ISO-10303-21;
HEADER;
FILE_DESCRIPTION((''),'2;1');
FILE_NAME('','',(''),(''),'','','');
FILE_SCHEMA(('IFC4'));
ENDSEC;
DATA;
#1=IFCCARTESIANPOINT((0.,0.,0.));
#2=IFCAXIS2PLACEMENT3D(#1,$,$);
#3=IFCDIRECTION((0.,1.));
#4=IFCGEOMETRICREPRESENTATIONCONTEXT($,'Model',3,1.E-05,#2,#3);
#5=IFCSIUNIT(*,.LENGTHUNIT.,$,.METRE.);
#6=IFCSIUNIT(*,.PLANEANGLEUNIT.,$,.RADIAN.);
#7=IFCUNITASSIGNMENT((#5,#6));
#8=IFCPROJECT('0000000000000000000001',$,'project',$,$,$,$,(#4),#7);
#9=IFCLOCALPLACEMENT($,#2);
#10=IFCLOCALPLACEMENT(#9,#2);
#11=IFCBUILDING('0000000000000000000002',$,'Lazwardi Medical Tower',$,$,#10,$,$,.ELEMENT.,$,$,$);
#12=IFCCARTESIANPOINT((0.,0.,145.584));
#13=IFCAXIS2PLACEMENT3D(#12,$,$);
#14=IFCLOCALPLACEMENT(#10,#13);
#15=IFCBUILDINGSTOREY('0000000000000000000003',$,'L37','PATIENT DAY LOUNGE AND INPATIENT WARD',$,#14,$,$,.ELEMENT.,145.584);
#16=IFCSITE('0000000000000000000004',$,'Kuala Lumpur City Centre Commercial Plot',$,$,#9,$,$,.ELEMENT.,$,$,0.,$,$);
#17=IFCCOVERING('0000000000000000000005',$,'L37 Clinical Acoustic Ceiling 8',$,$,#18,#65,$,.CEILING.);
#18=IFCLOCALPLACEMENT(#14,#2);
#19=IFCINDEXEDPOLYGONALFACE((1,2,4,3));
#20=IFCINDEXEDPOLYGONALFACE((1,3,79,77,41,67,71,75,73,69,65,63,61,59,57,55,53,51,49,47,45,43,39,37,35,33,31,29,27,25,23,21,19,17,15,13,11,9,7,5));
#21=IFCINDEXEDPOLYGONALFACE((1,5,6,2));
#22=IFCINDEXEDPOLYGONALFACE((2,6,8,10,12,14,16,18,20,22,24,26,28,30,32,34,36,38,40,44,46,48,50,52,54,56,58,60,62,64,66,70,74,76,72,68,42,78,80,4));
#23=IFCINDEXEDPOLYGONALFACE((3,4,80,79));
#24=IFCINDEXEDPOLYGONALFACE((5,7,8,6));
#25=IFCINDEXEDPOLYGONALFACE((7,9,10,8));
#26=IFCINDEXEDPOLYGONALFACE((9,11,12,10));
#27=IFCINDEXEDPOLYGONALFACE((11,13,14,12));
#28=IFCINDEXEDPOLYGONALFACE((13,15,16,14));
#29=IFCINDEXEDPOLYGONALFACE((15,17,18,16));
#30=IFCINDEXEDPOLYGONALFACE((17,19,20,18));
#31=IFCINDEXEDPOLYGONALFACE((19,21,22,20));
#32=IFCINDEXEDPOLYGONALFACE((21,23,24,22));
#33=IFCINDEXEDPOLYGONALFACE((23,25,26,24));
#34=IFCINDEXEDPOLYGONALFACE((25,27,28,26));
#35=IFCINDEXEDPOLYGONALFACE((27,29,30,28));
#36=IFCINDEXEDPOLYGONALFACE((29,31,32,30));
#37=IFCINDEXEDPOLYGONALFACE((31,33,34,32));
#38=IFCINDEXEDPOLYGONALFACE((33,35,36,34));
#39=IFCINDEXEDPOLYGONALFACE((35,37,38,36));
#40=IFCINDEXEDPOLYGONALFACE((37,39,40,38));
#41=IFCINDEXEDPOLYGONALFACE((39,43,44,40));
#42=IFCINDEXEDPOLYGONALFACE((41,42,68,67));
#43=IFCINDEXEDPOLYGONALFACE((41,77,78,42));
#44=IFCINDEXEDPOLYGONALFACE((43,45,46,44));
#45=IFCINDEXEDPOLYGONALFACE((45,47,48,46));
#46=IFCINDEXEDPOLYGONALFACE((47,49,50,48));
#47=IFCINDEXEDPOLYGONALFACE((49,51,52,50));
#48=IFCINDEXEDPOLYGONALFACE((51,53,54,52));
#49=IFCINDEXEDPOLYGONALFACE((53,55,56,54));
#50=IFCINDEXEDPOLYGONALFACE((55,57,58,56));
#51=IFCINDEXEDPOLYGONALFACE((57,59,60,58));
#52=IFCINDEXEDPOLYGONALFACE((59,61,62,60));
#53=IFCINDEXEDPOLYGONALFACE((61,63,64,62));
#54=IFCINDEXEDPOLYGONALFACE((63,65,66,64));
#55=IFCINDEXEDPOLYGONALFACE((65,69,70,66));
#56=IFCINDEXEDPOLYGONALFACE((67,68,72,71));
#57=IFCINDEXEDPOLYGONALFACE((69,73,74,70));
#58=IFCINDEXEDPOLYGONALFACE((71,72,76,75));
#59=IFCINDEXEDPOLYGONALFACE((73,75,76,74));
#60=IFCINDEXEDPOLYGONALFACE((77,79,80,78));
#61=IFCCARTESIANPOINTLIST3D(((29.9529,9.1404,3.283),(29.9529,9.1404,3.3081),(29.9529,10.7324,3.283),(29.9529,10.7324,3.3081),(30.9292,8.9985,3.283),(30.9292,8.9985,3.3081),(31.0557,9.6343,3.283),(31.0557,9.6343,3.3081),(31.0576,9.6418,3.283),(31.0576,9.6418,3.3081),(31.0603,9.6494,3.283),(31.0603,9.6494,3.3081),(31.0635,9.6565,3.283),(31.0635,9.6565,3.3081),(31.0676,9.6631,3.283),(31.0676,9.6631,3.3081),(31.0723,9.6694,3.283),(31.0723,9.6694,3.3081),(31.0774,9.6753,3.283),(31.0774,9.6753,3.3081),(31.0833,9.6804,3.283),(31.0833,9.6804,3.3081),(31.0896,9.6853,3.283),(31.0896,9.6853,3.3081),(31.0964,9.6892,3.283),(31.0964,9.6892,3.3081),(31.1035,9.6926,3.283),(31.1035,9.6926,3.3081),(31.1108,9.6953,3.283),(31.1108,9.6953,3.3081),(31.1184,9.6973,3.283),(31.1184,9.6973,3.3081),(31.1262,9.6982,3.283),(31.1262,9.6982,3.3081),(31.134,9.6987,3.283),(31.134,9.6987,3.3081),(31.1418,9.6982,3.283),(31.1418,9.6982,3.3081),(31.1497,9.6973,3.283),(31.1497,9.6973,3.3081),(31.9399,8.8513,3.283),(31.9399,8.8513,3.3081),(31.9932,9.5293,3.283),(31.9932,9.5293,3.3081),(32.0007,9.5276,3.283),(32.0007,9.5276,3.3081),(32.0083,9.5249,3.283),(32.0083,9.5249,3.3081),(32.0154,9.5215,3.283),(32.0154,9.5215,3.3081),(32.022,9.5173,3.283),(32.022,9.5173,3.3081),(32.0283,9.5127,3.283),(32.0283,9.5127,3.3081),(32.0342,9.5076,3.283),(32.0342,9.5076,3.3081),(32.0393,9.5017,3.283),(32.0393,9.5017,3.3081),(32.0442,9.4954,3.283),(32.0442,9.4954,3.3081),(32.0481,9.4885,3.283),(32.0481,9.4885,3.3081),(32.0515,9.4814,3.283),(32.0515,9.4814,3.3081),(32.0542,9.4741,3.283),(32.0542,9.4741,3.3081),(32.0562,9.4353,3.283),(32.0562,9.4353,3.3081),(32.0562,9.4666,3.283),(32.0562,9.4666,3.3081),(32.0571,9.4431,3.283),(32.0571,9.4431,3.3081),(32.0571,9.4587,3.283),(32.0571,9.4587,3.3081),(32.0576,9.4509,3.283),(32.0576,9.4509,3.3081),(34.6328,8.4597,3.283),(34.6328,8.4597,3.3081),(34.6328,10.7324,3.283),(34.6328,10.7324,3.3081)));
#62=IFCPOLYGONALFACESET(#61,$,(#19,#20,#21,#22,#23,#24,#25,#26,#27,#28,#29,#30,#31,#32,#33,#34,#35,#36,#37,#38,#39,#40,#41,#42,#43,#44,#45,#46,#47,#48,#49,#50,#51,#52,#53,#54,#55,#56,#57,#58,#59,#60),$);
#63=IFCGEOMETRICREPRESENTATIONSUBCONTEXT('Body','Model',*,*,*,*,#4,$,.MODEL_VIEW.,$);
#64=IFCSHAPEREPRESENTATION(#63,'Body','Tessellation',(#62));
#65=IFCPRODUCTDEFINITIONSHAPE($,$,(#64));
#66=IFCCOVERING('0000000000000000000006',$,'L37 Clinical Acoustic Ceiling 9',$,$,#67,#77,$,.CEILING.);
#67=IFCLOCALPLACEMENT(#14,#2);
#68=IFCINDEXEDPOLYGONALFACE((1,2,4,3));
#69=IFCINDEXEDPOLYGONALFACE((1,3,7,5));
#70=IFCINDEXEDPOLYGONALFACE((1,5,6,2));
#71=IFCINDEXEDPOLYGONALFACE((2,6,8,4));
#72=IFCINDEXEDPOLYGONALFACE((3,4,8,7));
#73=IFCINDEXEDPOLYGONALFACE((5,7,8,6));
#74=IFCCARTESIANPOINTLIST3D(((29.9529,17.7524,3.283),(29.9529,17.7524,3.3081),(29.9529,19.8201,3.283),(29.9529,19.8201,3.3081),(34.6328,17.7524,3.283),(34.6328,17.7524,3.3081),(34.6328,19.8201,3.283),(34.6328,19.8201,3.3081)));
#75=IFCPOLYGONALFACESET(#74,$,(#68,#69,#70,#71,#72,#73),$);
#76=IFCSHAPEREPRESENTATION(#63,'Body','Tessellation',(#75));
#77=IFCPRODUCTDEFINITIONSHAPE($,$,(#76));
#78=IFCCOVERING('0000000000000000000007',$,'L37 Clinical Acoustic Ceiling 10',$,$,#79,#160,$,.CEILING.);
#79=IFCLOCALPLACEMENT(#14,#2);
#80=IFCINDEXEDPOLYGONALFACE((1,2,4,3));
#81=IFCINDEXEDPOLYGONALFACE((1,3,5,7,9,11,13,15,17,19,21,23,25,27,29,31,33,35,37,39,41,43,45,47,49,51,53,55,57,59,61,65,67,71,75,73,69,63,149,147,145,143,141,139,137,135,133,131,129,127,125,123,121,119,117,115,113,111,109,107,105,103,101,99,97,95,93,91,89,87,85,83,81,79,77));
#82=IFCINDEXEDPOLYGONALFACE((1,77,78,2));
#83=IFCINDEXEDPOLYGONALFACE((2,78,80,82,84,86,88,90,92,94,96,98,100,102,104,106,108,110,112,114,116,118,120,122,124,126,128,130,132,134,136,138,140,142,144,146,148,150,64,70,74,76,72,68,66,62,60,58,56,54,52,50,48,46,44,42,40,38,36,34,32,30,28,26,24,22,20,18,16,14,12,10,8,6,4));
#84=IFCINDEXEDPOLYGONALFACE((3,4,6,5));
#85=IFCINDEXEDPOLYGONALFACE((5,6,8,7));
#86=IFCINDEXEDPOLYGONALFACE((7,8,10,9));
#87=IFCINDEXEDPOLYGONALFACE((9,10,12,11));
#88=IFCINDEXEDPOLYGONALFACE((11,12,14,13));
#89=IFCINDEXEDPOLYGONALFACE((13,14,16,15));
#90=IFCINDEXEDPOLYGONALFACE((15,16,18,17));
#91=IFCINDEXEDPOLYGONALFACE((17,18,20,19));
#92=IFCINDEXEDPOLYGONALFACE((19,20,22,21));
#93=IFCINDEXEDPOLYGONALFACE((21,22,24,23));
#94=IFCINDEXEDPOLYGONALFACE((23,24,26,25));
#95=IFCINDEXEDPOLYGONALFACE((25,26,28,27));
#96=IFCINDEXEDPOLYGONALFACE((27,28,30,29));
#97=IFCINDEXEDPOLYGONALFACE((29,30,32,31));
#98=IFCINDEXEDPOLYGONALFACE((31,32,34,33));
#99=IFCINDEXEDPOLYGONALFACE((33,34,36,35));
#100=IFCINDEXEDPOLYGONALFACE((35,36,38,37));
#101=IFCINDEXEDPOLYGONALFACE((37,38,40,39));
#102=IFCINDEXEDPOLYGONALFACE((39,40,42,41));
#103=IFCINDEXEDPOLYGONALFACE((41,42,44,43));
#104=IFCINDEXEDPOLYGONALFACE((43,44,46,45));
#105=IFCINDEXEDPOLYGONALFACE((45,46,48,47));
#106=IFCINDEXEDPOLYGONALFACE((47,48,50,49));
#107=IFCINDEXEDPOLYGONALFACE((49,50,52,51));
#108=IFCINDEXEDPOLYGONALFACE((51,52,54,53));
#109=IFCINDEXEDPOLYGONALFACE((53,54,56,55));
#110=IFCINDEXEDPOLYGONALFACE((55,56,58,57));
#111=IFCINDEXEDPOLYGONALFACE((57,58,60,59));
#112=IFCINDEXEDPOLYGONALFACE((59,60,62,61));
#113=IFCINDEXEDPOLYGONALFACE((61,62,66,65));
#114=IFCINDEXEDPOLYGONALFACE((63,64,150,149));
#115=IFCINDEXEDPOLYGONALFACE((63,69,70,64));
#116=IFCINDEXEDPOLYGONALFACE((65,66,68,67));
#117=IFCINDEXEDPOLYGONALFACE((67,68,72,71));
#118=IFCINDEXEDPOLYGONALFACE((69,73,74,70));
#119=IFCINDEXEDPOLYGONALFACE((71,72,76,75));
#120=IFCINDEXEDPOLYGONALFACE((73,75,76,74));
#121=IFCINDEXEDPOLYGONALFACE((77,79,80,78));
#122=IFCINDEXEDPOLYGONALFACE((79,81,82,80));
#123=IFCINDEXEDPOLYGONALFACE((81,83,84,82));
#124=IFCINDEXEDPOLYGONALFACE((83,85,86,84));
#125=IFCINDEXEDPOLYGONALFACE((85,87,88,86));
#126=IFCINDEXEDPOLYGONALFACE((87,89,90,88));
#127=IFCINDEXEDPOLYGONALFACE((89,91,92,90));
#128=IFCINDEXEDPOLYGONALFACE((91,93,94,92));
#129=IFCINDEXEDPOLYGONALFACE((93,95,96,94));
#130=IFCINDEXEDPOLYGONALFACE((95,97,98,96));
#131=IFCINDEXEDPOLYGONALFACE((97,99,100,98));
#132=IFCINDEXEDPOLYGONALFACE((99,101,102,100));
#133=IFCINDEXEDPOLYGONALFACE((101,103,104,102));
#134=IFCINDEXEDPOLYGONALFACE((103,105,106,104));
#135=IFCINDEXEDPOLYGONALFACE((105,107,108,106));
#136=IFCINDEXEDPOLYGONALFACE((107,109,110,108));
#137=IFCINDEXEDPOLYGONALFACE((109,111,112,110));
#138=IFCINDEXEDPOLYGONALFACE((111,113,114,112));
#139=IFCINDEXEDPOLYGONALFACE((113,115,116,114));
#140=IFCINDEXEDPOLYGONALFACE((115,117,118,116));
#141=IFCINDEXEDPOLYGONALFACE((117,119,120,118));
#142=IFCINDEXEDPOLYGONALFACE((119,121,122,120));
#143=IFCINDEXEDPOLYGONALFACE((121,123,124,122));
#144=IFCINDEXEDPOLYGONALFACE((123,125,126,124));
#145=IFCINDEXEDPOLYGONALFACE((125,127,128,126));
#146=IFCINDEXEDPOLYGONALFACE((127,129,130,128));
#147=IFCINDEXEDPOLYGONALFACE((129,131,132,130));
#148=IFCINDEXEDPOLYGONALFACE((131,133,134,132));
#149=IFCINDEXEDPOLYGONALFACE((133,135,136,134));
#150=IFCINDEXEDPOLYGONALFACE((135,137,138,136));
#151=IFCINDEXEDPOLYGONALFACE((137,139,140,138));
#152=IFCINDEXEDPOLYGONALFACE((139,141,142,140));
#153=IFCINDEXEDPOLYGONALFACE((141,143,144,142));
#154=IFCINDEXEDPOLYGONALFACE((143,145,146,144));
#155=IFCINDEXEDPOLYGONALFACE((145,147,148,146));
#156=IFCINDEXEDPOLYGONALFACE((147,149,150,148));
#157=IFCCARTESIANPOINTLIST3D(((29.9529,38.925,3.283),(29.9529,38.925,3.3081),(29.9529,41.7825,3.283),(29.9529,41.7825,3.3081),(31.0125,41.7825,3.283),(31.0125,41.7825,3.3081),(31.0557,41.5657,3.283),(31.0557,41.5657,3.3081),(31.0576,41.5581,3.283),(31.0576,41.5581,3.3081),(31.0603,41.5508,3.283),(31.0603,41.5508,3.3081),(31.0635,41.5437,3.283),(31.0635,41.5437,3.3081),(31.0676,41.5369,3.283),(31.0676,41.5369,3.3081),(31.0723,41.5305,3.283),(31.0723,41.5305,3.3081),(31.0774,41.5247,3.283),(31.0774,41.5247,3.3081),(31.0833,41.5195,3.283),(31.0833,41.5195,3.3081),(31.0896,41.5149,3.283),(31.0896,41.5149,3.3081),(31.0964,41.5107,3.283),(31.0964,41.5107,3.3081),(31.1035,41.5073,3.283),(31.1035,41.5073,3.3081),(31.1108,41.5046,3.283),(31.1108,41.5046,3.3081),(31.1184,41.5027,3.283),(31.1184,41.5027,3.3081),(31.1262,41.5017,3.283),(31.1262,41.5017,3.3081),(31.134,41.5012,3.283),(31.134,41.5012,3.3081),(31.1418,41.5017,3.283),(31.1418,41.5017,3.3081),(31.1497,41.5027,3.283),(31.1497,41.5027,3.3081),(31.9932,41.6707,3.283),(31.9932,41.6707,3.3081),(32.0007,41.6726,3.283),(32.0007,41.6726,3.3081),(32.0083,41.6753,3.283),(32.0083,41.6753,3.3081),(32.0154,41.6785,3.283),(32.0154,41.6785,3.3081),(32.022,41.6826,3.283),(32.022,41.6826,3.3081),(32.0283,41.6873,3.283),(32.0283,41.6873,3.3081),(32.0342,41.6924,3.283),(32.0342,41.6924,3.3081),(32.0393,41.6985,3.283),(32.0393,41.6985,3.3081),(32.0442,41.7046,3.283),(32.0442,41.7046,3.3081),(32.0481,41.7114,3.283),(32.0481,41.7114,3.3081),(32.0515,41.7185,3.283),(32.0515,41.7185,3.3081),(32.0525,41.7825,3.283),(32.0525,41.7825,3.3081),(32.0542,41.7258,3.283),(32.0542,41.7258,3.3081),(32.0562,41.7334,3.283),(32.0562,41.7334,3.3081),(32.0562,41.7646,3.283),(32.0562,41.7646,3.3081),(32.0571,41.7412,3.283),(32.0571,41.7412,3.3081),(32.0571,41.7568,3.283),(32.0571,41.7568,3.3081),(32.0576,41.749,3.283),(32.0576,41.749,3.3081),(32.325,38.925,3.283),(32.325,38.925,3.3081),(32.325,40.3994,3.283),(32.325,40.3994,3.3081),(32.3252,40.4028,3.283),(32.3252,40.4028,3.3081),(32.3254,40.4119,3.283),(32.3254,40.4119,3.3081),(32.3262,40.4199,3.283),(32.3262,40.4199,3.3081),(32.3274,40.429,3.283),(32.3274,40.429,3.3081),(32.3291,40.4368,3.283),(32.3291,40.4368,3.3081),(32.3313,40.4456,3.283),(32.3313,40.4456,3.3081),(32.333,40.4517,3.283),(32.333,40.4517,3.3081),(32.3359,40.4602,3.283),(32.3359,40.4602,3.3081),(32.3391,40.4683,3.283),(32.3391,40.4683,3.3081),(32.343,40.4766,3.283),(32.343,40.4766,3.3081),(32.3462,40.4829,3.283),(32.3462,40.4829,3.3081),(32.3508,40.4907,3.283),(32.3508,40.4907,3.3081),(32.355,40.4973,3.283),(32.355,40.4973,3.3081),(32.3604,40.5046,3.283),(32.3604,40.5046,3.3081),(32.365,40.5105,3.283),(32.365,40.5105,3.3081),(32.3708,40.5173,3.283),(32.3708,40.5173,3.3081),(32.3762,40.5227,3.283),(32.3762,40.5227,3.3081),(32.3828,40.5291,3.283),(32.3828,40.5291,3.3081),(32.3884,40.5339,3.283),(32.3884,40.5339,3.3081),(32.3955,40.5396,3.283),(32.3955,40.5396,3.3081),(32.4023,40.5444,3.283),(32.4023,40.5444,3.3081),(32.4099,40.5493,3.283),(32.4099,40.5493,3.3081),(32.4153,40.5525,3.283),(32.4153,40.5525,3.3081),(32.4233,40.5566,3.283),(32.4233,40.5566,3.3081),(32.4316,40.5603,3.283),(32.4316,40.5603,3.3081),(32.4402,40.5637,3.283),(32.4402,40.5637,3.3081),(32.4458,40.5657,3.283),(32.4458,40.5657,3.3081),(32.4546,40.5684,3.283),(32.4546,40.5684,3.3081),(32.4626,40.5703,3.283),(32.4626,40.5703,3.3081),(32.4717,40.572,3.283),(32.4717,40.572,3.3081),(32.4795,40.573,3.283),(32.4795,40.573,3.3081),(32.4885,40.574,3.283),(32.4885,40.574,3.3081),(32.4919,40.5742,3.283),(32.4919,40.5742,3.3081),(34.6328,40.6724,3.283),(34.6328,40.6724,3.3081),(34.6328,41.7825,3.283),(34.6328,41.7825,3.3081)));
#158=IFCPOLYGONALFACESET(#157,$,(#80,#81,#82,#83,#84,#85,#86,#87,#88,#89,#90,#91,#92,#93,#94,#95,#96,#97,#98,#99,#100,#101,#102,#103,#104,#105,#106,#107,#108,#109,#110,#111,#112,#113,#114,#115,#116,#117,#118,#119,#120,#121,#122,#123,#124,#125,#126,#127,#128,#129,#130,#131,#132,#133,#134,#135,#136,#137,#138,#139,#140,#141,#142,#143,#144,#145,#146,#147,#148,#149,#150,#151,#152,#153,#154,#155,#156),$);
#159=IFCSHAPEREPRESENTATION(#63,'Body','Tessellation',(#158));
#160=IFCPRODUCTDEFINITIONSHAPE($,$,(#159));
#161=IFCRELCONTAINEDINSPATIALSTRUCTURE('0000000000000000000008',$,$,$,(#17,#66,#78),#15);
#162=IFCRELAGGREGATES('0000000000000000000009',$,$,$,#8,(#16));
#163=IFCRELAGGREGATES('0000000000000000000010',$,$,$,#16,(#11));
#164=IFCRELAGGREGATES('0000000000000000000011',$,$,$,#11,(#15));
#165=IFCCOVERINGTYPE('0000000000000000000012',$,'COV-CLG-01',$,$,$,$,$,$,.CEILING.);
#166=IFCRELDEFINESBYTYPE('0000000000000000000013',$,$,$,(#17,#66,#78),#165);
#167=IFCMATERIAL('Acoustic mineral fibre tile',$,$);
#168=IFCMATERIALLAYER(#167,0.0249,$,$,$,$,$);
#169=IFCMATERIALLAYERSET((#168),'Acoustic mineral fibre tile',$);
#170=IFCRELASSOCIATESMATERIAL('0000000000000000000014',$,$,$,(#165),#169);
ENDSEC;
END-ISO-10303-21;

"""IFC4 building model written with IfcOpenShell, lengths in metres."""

from ifc_helpers import new_model, si_unit, direction, frame, origin, place, context, subcontext, project, spatial, polyline, outline, extrude, material, layer, layer_set, type_object, element, save


model = new_model("IFC4")

# Units and contexts
model_context = context("Model", 3, precision=1e-05, world=origin(), true_north=direction((0.0, 1.0)))
body_context = subcontext(model_context, "Body", "Model", "MODEL_VIEW")
ifc_project = project(units=[si_unit("LENGTHUNIT", "METRE"), si_unit("PLANEANGLEUNIT", "RADIAN")], contexts=[model_context])

# Site, building, storey
site_placement = place(None, origin())
site = spatial("IfcSite", under=ifc_project, at=site_placement, Name="Kuala Lumpur City Centre Commercial Plot", CompositionType="ELEMENT", RefElevation=0.0)
building_placement = place(site_placement, origin())
building = spatial("IfcBuilding", under=site, at=building_placement, Name="Lazwardi Medical Tower", CompositionType="ELEMENT")
storey_placement = place(building_placement, frame((0.0, 0.0, 145.584)))
storey = spatial("IfcBuildingStorey", under=building, at=storey_placement, Name="L37", Description="PATIENT DAY LOUNGE AND INPATIENT WARD", CompositionType="ELEMENT", Elevation=145.584)

# Coverings
ifc_material_1 = material(Name="Acoustic mineral fibre tile")
ifc_layer_1 = layer(ifc_material_1, 0.0249)
ifc_layer_set_1 = layer_set([ifc_layer_1], Name="Acoustic mineral fibre tile")
covering_type_1 = type_object("IfcCoveringType", Name="COV-CLG-01", PredefinedType="CEILING", material=ifc_layer_set_1)
covering_1_placement = place(storey_placement, frame((0.0, 0.0, 3.283)))
element("IfcCovering", 1, at=covering_1_placement, inside=storey, type_object=covering_type_1, Name="L37 Clinical Acoustic Ceiling 8", PredefinedType="CEILING", context=body_context, shape_type="SweptSolid", body=[
    extrude(outline(polyline([(29.9529, 9.1404), (30.9292, 8.9985), (31.0557, 9.6343), (31.0576, 9.6418), (31.0603, 9.6494), (31.0635, 9.6565), (31.0676, 9.6631), (31.0723, 9.6694), (31.0774, 9.6753), (31.0833, 9.6804), (31.0896, 9.6853), (31.0964, 9.6892), (31.1035, 9.6926), (31.1108, 9.6953), (31.1184, 9.6973), (31.1262, 9.6982), (31.134, 9.6987), (31.1418, 9.6982), (31.1497, 9.6973), (31.9932, 9.5293), (32.0007, 9.5276), (32.0083, 9.5249), (32.0154, 9.5215), (32.022, 9.5173), (32.0283, 9.5127), (32.0342, 9.5076), (32.0393, 9.5017), (32.0442, 9.4954), (32.0481, 9.4885), (32.0515, 9.4814), (32.0542, 9.4741), (32.0562, 9.4666), (32.0571, 9.4587), (32.0576, 9.4509), (32.0571, 9.4431), (32.0562, 9.4353), (31.9399, 8.8513), (34.6328, 8.4597), (34.6328, 10.7324), (29.9529, 10.7324), (29.9529, 9.1404)])), origin(), (0.0, 0.0, 1.0), 0.0251),
])
covering_2_placement = place(storey_placement, frame((0.0, 0.0, 3.283)))
element("IfcCovering", 2, at=covering_2_placement, inside=storey, type_object=covering_type_1, Name="L37 Clinical Acoustic Ceiling 9", PredefinedType="CEILING", context=body_context, shape_type="SweptSolid", body=[
    extrude(outline(polyline([(34.6328, 19.8201), (29.9529, 19.8201), (29.9529, 17.7524), (34.6328, 17.7524), (34.6328, 19.8201)])), origin(), (0.0, 0.0, 1.0), 0.0251),
])
covering_3_placement = place(storey_placement, frame((0.0, 0.0, 3.283)))
element("IfcCovering", 3, at=covering_3_placement, inside=storey, type_object=covering_type_1, Name="L37 Clinical Acoustic Ceiling 10", PredefinedType="CEILING", context=body_context, shape_type="SweptSolid", body=[
    extrude(outline(polyline([(32.0525, 41.7825), (32.0562, 41.7646), (32.0571, 41.7568), (32.0576, 41.749), (32.0571, 41.7412), (32.0562, 41.7334), (32.0542, 41.7258), (32.0515, 41.7185), (32.0481, 41.7114), (32.0442, 41.7046), (32.0393, 41.6985), (32.0342, 41.6924), (32.0283, 41.6873), (32.022, 41.6826), (32.0154, 41.6785), (32.0083, 41.6753), (32.0007, 41.6726), (31.9932, 41.6707), (31.1497, 41.5027), (31.1418, 41.5017), (31.134, 41.5012), (31.1262, 41.5017), (31.1184, 41.5027), (31.1108, 41.5046), (31.1035, 41.5073), (31.0964, 41.5107), (31.0896, 41.5149), (31.0833, 41.5195), (31.0774, 41.5247), (31.0723, 41.5305), (31.0676, 41.5369), (31.0635, 41.5437), (31.0603, 41.5508), (31.0576, 41.5581), (31.0557, 41.5657), (31.0125, 41.7825), (29.9529, 41.7825), (29.9529, 38.925), (32.325, 38.925), (32.325, 40.3994), (32.3252, 40.4028), (32.3254, 40.4119), (32.3262, 40.4199), (32.3274, 40.429), (32.3291, 40.4368), (32.3313, 40.4456), (32.333, 40.4517), (32.3359, 40.4602), (32.3391, 40.4683), (32.343, 40.4766), (32.3462, 40.4829), (32.3508, 40.4907), (32.355, 40.4973), (32.3604, 40.5046), (32.365, 40.5105), (32.3708, 40.5173), (32.3762, 40.5227), (32.3828, 40.5291), (32.3884, 40.5339), (32.3955, 40.5396), (32.4023, 40.5444), (32.4099, 40.5493), (32.4153, 40.5525), (32.4233, 40.5566), (32.4316, 40.5603), (32.4402, 40.5637), (32.4458, 40.5657), (32.4546, 40.5684), (32.4626, 40.5703), (32.4717, 40.572), (32.4795, 40.573), (32.4885, 40.574), (32.4919, 40.5742), (34.6328, 40.6724), (34.6328, 41.7825), (32.0525, 41.7825)])), origin(), (0.0, 0.0, 1.0), 0.0251),
])

save(model, "model.ifc")
